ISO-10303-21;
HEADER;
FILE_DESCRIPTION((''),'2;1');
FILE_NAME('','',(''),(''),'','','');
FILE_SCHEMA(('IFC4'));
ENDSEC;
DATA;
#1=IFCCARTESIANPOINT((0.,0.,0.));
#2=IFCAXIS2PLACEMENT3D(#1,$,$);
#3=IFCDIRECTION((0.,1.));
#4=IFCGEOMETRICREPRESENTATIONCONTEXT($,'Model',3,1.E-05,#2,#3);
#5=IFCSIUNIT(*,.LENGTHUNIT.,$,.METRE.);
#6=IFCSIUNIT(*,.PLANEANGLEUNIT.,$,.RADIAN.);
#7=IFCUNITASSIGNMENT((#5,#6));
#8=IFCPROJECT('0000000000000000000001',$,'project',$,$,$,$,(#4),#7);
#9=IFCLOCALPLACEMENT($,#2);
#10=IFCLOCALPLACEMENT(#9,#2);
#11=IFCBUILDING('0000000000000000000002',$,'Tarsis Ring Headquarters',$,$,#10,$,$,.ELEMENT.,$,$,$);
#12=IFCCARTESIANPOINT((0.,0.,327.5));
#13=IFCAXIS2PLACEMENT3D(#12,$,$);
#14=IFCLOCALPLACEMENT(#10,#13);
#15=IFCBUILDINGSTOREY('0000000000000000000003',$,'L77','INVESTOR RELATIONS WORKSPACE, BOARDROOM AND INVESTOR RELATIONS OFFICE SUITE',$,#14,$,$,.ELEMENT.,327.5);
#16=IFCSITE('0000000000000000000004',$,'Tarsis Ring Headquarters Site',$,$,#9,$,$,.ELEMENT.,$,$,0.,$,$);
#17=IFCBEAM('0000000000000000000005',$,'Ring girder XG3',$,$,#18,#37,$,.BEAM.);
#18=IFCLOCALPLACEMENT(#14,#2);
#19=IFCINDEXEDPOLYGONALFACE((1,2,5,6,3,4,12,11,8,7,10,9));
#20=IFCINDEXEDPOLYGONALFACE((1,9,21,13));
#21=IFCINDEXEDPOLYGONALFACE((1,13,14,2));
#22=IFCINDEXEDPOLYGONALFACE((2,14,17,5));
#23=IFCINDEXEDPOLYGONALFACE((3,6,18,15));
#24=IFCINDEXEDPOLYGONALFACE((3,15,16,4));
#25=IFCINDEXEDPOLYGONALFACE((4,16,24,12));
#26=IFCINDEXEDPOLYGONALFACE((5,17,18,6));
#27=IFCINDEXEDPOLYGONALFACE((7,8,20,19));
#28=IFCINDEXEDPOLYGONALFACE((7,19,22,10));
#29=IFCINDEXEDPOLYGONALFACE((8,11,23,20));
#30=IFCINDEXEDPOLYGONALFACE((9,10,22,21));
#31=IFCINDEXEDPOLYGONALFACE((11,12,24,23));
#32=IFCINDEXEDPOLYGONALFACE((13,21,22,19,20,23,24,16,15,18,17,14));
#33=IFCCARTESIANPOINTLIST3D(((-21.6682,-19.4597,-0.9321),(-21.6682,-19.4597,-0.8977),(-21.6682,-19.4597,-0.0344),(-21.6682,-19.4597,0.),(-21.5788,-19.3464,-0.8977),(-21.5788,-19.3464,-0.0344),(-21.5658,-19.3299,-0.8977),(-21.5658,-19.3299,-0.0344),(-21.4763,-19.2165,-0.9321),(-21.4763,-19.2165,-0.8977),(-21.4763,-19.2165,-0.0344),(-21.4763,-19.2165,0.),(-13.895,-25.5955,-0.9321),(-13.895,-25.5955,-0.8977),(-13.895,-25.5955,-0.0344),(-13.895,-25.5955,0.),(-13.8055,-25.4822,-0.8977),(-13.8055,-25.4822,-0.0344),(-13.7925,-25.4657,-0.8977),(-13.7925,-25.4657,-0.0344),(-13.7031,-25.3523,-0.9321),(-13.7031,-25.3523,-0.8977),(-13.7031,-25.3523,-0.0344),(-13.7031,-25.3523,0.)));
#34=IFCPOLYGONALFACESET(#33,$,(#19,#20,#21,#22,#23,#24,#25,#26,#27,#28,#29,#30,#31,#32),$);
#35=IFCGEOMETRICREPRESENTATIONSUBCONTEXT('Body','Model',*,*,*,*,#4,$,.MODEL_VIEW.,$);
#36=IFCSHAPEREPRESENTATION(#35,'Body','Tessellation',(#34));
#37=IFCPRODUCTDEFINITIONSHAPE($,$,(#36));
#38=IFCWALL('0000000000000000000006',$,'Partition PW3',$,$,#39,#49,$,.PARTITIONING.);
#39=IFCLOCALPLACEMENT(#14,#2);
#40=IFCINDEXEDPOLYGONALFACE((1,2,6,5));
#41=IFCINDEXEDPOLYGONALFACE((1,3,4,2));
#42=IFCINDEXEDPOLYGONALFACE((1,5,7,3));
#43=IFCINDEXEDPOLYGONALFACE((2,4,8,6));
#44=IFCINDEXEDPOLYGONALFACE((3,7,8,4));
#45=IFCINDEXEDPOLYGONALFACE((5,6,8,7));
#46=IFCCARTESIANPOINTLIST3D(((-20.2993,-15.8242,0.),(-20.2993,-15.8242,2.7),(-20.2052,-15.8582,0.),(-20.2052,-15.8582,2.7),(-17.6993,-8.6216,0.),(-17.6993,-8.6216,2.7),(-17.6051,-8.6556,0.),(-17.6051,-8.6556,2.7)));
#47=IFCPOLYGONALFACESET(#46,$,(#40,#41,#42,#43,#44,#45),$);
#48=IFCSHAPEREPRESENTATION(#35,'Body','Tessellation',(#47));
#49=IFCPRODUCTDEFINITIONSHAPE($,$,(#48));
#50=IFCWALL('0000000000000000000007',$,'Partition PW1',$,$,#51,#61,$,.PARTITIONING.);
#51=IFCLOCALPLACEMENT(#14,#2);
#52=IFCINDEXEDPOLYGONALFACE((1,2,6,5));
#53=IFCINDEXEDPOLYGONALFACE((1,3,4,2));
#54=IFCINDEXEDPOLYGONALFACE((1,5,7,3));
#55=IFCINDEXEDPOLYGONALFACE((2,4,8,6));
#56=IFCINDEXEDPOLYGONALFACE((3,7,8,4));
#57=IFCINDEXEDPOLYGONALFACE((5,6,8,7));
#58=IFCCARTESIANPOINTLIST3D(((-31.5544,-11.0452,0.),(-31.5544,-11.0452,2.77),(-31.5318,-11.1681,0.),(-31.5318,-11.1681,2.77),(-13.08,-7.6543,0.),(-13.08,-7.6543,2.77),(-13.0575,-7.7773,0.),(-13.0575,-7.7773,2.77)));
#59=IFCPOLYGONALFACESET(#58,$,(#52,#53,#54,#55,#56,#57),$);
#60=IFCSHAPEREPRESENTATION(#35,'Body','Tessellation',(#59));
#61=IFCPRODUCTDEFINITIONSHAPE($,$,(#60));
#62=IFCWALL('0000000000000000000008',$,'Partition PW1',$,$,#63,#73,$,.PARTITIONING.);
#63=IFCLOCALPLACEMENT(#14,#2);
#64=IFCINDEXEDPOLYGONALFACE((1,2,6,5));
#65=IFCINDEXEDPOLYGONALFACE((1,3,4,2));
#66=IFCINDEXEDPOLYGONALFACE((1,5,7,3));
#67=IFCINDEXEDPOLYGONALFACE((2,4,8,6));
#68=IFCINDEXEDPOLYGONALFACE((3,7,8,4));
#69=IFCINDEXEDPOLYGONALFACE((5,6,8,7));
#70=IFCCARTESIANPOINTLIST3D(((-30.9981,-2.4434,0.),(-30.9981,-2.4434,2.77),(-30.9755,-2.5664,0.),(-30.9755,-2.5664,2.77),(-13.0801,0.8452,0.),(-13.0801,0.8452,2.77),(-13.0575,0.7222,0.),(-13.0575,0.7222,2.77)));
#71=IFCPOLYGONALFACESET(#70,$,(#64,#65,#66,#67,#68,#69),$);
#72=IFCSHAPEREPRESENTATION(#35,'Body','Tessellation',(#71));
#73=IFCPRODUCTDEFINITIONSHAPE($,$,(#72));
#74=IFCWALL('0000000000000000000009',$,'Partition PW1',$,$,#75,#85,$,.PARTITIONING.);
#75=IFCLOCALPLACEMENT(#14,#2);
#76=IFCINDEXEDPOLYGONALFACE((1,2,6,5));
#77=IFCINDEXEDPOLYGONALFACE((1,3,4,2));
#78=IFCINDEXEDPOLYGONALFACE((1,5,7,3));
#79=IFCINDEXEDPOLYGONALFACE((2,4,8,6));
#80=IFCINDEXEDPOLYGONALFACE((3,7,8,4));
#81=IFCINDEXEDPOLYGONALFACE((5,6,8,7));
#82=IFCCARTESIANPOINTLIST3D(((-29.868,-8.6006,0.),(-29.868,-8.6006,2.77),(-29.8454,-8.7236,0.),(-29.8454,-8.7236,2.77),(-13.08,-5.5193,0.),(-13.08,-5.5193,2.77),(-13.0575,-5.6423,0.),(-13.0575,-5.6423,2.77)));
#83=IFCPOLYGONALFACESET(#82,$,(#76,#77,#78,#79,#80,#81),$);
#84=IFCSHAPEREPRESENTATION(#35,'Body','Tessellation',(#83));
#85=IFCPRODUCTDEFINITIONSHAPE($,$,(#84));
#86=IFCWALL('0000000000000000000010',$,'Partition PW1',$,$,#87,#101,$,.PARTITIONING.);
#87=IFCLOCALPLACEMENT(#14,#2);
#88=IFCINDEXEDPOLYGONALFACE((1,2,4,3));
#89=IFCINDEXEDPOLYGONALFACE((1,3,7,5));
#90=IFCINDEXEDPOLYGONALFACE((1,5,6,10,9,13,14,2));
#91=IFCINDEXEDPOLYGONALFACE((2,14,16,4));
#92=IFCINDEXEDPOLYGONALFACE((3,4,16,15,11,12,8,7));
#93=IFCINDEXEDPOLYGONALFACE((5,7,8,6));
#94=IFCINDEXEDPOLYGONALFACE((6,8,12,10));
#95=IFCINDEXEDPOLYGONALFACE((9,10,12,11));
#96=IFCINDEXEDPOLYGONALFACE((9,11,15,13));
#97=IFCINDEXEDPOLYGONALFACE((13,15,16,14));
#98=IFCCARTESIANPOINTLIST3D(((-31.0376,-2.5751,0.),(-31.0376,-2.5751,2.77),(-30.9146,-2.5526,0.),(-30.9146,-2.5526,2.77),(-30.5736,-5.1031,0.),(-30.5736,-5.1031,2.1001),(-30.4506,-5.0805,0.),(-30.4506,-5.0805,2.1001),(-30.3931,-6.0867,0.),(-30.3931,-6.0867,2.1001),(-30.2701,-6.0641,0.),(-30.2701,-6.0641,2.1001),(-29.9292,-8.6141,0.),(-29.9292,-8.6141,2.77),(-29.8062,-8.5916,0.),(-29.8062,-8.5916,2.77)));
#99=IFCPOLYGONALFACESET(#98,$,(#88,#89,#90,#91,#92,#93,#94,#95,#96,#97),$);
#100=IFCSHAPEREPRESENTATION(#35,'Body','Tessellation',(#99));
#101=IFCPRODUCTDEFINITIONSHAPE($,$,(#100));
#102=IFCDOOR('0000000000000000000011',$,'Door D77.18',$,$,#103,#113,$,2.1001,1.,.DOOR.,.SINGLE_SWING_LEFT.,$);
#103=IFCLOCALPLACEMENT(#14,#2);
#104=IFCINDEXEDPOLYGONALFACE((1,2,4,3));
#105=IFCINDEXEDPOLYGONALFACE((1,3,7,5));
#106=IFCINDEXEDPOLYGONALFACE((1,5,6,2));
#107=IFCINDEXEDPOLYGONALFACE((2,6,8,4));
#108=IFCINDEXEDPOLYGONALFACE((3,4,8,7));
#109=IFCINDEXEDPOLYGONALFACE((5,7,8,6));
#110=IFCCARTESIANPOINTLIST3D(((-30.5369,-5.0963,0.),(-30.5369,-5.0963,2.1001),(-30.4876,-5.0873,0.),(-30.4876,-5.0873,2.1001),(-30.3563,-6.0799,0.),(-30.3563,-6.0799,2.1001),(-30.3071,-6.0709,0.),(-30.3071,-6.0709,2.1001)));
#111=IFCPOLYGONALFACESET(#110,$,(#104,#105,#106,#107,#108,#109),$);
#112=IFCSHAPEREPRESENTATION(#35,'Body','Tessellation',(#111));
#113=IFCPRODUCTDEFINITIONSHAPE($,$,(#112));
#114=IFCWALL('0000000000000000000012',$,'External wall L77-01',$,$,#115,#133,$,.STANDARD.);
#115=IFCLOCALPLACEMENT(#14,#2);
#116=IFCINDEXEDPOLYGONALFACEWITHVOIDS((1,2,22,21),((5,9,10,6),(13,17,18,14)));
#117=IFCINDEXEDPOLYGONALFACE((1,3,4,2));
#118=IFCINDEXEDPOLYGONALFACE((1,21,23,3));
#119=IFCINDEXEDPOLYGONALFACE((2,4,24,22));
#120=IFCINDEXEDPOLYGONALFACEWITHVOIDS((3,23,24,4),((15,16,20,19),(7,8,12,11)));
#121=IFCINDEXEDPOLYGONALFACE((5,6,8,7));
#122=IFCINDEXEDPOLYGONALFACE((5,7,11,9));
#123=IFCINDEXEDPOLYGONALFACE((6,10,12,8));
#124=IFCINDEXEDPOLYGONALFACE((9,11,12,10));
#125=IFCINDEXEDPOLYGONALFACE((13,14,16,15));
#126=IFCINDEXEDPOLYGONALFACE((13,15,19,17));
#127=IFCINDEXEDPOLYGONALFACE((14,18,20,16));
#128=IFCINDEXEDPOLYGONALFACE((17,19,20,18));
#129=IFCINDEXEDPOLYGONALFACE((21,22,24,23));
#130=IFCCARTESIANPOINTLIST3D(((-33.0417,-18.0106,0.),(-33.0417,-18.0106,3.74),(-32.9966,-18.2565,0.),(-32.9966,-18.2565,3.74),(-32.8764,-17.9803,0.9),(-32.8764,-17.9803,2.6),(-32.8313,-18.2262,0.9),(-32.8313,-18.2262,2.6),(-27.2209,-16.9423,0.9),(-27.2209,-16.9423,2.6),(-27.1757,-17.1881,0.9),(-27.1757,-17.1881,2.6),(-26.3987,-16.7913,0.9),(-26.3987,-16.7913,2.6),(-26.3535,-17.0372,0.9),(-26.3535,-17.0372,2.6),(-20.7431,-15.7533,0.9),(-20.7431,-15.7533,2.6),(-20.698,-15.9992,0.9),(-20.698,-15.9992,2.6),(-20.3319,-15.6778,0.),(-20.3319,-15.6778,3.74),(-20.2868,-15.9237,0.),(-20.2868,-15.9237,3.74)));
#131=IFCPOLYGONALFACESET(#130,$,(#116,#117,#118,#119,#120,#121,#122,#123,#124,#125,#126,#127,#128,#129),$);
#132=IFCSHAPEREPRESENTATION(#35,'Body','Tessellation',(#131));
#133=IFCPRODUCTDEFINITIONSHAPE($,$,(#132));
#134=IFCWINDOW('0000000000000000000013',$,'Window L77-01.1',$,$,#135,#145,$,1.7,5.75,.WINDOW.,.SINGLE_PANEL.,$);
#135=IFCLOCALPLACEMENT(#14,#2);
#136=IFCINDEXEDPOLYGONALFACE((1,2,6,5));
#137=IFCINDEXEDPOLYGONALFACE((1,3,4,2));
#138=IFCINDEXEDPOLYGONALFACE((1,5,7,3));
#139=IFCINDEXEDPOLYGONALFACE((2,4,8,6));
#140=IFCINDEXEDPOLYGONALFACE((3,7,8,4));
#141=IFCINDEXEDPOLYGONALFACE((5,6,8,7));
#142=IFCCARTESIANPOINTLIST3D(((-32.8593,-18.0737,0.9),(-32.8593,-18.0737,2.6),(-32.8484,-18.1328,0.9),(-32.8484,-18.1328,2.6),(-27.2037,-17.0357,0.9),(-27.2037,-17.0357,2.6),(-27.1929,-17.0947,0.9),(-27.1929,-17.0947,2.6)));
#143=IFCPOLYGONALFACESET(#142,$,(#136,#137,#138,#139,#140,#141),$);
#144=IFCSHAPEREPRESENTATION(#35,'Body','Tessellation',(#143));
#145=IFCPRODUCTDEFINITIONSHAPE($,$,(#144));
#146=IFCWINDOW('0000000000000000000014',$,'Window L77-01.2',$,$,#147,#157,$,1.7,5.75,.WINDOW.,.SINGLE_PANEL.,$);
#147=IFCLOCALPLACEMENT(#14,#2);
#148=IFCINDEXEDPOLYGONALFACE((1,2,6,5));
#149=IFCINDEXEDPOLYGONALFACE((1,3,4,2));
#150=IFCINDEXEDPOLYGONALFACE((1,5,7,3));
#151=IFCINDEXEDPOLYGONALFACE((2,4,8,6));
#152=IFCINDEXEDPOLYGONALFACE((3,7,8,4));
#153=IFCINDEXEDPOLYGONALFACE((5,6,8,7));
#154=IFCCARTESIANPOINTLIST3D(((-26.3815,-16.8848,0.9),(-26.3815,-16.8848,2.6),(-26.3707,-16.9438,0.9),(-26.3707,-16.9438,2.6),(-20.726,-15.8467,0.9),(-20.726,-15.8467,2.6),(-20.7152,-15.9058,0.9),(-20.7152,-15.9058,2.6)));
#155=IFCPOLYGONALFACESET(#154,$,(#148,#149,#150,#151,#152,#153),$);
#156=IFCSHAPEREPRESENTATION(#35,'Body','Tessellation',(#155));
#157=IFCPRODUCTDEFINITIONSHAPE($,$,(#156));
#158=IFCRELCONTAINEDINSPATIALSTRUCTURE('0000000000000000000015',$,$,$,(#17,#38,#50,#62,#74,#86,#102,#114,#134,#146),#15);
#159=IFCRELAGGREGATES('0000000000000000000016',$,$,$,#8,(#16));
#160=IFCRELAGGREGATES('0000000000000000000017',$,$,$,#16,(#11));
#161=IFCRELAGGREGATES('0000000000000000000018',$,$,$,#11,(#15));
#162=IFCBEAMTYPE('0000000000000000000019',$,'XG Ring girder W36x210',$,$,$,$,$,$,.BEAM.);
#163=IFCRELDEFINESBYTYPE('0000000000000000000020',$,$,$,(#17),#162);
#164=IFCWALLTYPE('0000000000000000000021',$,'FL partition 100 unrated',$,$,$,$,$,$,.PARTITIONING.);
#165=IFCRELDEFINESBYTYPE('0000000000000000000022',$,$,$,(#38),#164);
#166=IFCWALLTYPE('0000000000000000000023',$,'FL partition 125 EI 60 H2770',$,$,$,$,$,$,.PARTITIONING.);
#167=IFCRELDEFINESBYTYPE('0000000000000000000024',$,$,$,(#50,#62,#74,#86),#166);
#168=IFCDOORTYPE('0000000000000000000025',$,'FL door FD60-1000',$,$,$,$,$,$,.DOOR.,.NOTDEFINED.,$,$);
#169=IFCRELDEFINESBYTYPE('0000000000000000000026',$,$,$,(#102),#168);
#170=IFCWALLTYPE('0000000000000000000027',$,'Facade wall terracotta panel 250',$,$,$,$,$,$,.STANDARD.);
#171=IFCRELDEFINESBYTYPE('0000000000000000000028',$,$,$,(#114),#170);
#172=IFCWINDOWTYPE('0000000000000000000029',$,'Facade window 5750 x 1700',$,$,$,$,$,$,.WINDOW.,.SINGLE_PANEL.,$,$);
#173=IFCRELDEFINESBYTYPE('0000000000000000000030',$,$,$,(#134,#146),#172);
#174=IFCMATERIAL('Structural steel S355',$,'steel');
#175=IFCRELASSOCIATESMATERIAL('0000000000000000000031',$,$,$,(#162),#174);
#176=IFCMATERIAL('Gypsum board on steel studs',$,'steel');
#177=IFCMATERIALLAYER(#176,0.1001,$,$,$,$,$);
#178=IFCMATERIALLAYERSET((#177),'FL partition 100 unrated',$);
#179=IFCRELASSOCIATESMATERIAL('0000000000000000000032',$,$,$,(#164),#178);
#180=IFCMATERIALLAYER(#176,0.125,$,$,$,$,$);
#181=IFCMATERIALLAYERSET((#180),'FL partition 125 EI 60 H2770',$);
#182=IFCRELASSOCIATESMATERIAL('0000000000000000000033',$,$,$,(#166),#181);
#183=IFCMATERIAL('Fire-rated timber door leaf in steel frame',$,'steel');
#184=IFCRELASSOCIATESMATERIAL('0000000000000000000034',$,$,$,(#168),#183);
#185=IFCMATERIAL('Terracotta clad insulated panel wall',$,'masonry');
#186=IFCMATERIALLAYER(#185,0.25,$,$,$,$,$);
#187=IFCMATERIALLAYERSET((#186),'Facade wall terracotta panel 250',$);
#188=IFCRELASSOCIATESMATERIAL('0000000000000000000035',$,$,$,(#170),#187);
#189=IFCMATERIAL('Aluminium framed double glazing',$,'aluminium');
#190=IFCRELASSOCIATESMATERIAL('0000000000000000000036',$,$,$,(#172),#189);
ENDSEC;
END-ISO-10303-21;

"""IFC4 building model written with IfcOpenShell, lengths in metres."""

from ifc_helpers import new_model, si_unit, direction, frame, frame_2d, origin, origin_2d, place, context, subcontext, project, spatial, rectangle, i_section, extrude, material, layer, layer_set, material_profile, profile_set, type_object, element, fill, save


model = new_model("IFC4")

# Units and contexts
model_context = context("Model", 3, precision=1e-05, world=origin(), true_north=direction((0.0, 1.0)))
body_context = subcontext(model_context, "Body", "Model", "MODEL_VIEW")
ifc_project = project(units=[si_unit("LENGTHUNIT", "METRE"), si_unit("PLANEANGLEUNIT", "RADIAN")], contexts=[model_context])

# Site, building, storey
site_placement = place(None, origin())
site = spatial("IfcSite", under=ifc_project, at=site_placement, Name="Tarsis Ring Headquarters Site", CompositionType="ELEMENT", RefElevation=0.0)
building_placement = place(site_placement, origin())
building = spatial("IfcBuilding", under=site, at=building_placement, Name="Tarsis Ring Headquarters", CompositionType="ELEMENT")
storey_placement = place(building_placement, frame((0.0, 0.0, 327.5)))
storey = spatial("IfcBuildingStorey", under=building, at=storey_placement, Name="L77", Description="INVESTOR RELATIONS WORKSPACE, BOARDROOM AND INVESTOR RELATIONS OFFICE SUITE", CompositionType="ELEMENT", Elevation=327.5)

# Shared definitions
ifc_material_1 = material(Name="Structural steel S355", Category="steel")

# Beam
ifc_material_profile_1 = material_profile(ifc_material_1, i_section(OverallWidth=0.3098, OverallDepth=0.9321, WebThickness=0.021, FlangeThickness=0.0344, at=origin_2d()), Name="W36x210")
ifc_profile_set_1 = profile_set([ifc_material_profile_1], Name="Structural steel S355")
beam_type = type_object("IfcBeamType", Name="XG Ring girder W36x210", PredefinedType="BEAM", material=ifc_profile_set_1)
beam_1_placement = place(storey_placement, frame((-21.5723, -19.3381, -0.4661), z_axis=(0.784931, -0.619583, 0.0), x_axis=(0.619583, 0.784931, 0.0)))
element("IfcBeam", 1, at=beam_1_placement, inside=storey, type_object=beam_type, Name="Ring girder XG3", PredefinedType="BEAM", context=body_context, shape_type="SweptSolid", body=[
    extrude(i_section(OverallWidth=0.3098, OverallDepth=0.9321, WebThickness=0.021, FlangeThickness=0.0344, at=origin_2d()), origin(), (0.0, 0.0, 1.0), 9.9031),
])

# Walls
ifc_material_2 = material(Name="Gypsum board on steel studs", Category="steel")
ifc_layer_1 = layer(ifc_material_2, 0.1001)
ifc_layer_set_1 = layer_set([ifc_layer_1], Name="FL partition 100 unrated")
wall_type_1 = type_object("IfcWallType", Name="FL partition 100 unrated", PredefinedType="PARTITIONING", material=ifc_layer_set_1)
wall_1_placement = place(storey_placement, frame((-20.2522, -15.8411, 0.0), z_axis=(0.0, 0.0, 1.0), x_axis=(0.339546, 0.94059, 0.0)))
element("IfcWall", 2, at=wall_1_placement, inside=storey, type_object=wall_type_1, Name="Partition PW3", PredefinedType="PARTITIONING", context=body_context, shape_type="SweptSolid", body=[
    extrude(rectangle(XDim=7.6575, YDim=0.1001, at=frame_2d((3.8286, 0.0))), origin(), (0.0, 0.0, 1.0), 2.7),
])
ifc_layer_2 = layer(ifc_material_2, 0.125)
ifc_layer_set_2 = layer_set([ifc_layer_2], Name="FL partition 125 EI 60 H2770")
wall_type_2 = type_object("IfcWallType", Name="FL partition 125 EI 60 H2770", PredefinedType="PARTITIONING", material=ifc_layer_set_2)
wall_2_placement = place(storey_placement, frame((-31.5432, -11.1067, 0.0), z_axis=(0.0, 0.0, 1.0), x_axis=(0.98357, 0.180529, 0.0)))
element("IfcWall", 3, at=wall_2_placement, inside=storey, type_object=wall_type_2, Name="Partition PW1", PredefinedType="PARTITIONING", context=body_context, shape_type="SweptSolid", body=[
    extrude(rectangle(XDim=18.783, YDim=0.125, at=frame_2d((9.3916, 0.0))), origin(), (0.0, 0.0, 1.0), 2.77),
])
wall_3_placement = place(storey_placement, frame((-30.9868, -2.5049, 0.0), z_axis=(0.0, 0.0, 1.0), x_axis=(0.983571, 0.18052, 0.0)))
element("IfcWall", 4, at=wall_3_placement, inside=storey, type_object=wall_type_2, Name="Partition PW1", PredefinedType="PARTITIONING", context=body_context, shape_type="SweptSolid", body=[
    extrude(rectangle(XDim=18.2173, YDim=0.125, at=frame_2d((9.1086, 0.0))), origin(), (0.0, 0.0, 1.0), 2.77),
])
wall_4_placement = place(storey_placement, frame((-29.8567, -8.6621, 0.0), z_axis=(0.0, 0.0, 1.0), x_axis=(0.98357, 0.180528, 0.0)))
element("IfcWall", 5, at=wall_4_placement, inside=storey, type_object=wall_type_2, Name="Partition PW1", PredefinedType="PARTITIONING", context=body_context, shape_type="SweptSolid", body=[
    extrude(rectangle(XDim=17.0684, YDim=0.125, at=frame_2d((8.5342, 0.0))), origin(), (0.0, 0.0, 1.0), 2.77),
])

# Wall, opening, door
wall_5_placement = place(storey_placement, frame((-30.9761, -2.564, 0.0), z_axis=(0.0, 0.0, 1.0), x_axis=(0.180523, -0.983571, 0.0)))
wall_5 = element("IfcWall", 6, at=wall_5_placement, inside=storey, type_object=wall_type_2, Name="Partition PW1", PredefinedType="PARTITIONING", context=body_context, shape_type="SweptSolid", body=[
    extrude(rectangle(XDim=6.1399, YDim=0.125, at=frame_2d((3.0698, 0.0))), origin(), (0.0, 0.0, 1.0), 2.77),
])
opening_1_placement = place(wall_5_placement, frame((2.5701, 0.0, 0.0)))
opening_1 = element("IfcOpeningElement", 7, at=opening_1_placement, cuts=wall_5, PredefinedType="OPENING", context=body_context, shape_type="SweptSolid", body=[
    extrude(rectangle(XDim=1.0, YDim=2.1001, at=frame_2d((0.5, 1.05))), frame((0.0, 0.0725, 0.0), z_axis=(0.0, -1.0, 0.0), x_axis=(1.0, 0.0, 0.0)), (0.0, 0.0, 1.0), 0.145),
])
ifc_material_3 = material(Name="Fire-rated timber door leaf in steel frame", Category="steel")
door_type = type_object("IfcDoorType", Name="FL door FD60-1000", OperationType="NOTDEFINED", PredefinedType="DOOR", material=ifc_material_3)
door_placement = place(opening_1_placement, origin())
door = element("IfcDoor", 8, at=door_placement, inside=storey, type_object=door_type, Name="Door D77.18", OperationType="SINGLE_SWING_LEFT", OverallHeight=2.1001, OverallWidth=1.0, PredefinedType="DOOR", context=body_context, shape_type="SweptSolid", body=[
    extrude(rectangle(XDim=1.0, YDim=2.1001, at=frame_2d((0.5, 1.05))), frame((0.0, 0.0249, 0.0), z_axis=(0.0, -1.0, 0.0), x_axis=(1.0, 0.0, 0.0)), (0.0, 0.0, 1.0), 0.05),
])
fill(opening_1, door)

# Wall, openings, windows
ifc_material_4 = material(Name="Terracotta clad insulated panel wall", Category="masonry")
ifc_layer_3 = layer(ifc_material_4, 0.25)
ifc_layer_set_3 = layer_set([ifc_layer_3], Name="Facade wall terracotta panel 250")
wall_type_3 = type_object("IfcWallType", Name="Facade wall terracotta panel 250", PredefinedType="STANDARD", material=ifc_layer_set_3)
wall_6_placement = place(storey_placement, frame((-33.019, -18.1335, 0.0), z_axis=(0.0, 0.0, 1.0), x_axis=(0.98357, 0.180526, 0.0)))
wall_6 = element("IfcWall", 9, at=wall_6_placement, inside=storey, type_object=wall_type_3, Name="External wall L77-01", PredefinedType="STANDARD", context=body_context, shape_type="SweptSolid", body=[
    extrude(rectangle(XDim=12.9221, YDim=0.25, at=frame_2d((6.4609, 0.0))), origin(), (0.0, 0.0, 1.0), 3.74),
])
opening_2_placement = place(wall_6_placement, frame((0.168, 0.0, 0.8999)))
opening_2 = element("IfcOpeningElement", 10, at=opening_2_placement, cuts=wall_6, PredefinedType="OPENING", context=body_context, shape_type="SweptSolid", body=[
    extrude(rectangle(XDim=5.75, YDim=1.7, at=frame_2d((2.875, 0.8501))), frame((0.0, 0.135, 0.0), z_axis=(0.0, -1.0, 0.0), x_axis=(1.0, 0.0, 0.0)), (0.0, 0.0, 1.0), 0.27),
])
opening_3_placement = place(wall_6_placement, frame((6.7539, 0.0, 0.8999)))
opening_3 = element("IfcOpeningElement", 11, at=opening_3_placement, cuts=wall_6, PredefinedType="OPENING", context=body_context, shape_type="SweptSolid", body=[
    extrude(rectangle(XDim=5.75, YDim=1.7, at=frame_2d((2.875, 0.8501))), frame((0.0, 0.135, 0.0), z_axis=(0.0, -1.0, 0.0), x_axis=(1.0, 0.0, 0.0)), (0.0, 0.0, 1.0), 0.27),
])
ifc_material_5 = material(Name="Aluminium framed double glazing", Category="aluminium")
window_type_1 = type_object("IfcWindowType", Name="Facade window 5750 x 1700", PartitioningType="SINGLE_PANEL", PredefinedType="WINDOW", material=ifc_material_5)
window_1_placement = place(opening_2_placement, origin())
window_1 = element("IfcWindow", 12, at=window_1_placement, inside=storey, type_object=window_type_1, Name="Window L77-01.1", OverallHeight=1.7, OverallWidth=5.75, PartitioningType="SINGLE_PANEL", PredefinedType="WINDOW", context=body_context, shape_type="SweptSolid", body=[
    extrude(rectangle(XDim=5.75, YDim=1.7, at=frame_2d((2.875, 0.8501))), frame((0.0, 0.03, 0.0), z_axis=(0.0, -1.0, 0.0), x_axis=(1.0, 0.0, 0.0)), (0.0, 0.0, 1.0), 0.0601),
])
fill(opening_2, window_1)
window_2_placement = place(opening_3_placement, origin())
window_2 = element("IfcWindow", 13, at=window_2_placement, inside=storey, type_object=window_type_1, Name="Window L77-01.2", OverallHeight=1.7, OverallWidth=5.75, PartitioningType="SINGLE_PANEL", PredefinedType="WINDOW", context=body_context, shape_type="SweptSolid", body=[
    extrude(rectangle(XDim=5.75, YDim=1.7, at=frame_2d((2.875, 0.8501))), frame((0.0, 0.03, 0.0), z_axis=(0.0, -1.0, 0.0), x_axis=(1.0, 0.0, 0.0)), (0.0, 0.0, 1.0), 0.0601),
])
fill(opening_3, window_2)

save(model, "model.ifc")
